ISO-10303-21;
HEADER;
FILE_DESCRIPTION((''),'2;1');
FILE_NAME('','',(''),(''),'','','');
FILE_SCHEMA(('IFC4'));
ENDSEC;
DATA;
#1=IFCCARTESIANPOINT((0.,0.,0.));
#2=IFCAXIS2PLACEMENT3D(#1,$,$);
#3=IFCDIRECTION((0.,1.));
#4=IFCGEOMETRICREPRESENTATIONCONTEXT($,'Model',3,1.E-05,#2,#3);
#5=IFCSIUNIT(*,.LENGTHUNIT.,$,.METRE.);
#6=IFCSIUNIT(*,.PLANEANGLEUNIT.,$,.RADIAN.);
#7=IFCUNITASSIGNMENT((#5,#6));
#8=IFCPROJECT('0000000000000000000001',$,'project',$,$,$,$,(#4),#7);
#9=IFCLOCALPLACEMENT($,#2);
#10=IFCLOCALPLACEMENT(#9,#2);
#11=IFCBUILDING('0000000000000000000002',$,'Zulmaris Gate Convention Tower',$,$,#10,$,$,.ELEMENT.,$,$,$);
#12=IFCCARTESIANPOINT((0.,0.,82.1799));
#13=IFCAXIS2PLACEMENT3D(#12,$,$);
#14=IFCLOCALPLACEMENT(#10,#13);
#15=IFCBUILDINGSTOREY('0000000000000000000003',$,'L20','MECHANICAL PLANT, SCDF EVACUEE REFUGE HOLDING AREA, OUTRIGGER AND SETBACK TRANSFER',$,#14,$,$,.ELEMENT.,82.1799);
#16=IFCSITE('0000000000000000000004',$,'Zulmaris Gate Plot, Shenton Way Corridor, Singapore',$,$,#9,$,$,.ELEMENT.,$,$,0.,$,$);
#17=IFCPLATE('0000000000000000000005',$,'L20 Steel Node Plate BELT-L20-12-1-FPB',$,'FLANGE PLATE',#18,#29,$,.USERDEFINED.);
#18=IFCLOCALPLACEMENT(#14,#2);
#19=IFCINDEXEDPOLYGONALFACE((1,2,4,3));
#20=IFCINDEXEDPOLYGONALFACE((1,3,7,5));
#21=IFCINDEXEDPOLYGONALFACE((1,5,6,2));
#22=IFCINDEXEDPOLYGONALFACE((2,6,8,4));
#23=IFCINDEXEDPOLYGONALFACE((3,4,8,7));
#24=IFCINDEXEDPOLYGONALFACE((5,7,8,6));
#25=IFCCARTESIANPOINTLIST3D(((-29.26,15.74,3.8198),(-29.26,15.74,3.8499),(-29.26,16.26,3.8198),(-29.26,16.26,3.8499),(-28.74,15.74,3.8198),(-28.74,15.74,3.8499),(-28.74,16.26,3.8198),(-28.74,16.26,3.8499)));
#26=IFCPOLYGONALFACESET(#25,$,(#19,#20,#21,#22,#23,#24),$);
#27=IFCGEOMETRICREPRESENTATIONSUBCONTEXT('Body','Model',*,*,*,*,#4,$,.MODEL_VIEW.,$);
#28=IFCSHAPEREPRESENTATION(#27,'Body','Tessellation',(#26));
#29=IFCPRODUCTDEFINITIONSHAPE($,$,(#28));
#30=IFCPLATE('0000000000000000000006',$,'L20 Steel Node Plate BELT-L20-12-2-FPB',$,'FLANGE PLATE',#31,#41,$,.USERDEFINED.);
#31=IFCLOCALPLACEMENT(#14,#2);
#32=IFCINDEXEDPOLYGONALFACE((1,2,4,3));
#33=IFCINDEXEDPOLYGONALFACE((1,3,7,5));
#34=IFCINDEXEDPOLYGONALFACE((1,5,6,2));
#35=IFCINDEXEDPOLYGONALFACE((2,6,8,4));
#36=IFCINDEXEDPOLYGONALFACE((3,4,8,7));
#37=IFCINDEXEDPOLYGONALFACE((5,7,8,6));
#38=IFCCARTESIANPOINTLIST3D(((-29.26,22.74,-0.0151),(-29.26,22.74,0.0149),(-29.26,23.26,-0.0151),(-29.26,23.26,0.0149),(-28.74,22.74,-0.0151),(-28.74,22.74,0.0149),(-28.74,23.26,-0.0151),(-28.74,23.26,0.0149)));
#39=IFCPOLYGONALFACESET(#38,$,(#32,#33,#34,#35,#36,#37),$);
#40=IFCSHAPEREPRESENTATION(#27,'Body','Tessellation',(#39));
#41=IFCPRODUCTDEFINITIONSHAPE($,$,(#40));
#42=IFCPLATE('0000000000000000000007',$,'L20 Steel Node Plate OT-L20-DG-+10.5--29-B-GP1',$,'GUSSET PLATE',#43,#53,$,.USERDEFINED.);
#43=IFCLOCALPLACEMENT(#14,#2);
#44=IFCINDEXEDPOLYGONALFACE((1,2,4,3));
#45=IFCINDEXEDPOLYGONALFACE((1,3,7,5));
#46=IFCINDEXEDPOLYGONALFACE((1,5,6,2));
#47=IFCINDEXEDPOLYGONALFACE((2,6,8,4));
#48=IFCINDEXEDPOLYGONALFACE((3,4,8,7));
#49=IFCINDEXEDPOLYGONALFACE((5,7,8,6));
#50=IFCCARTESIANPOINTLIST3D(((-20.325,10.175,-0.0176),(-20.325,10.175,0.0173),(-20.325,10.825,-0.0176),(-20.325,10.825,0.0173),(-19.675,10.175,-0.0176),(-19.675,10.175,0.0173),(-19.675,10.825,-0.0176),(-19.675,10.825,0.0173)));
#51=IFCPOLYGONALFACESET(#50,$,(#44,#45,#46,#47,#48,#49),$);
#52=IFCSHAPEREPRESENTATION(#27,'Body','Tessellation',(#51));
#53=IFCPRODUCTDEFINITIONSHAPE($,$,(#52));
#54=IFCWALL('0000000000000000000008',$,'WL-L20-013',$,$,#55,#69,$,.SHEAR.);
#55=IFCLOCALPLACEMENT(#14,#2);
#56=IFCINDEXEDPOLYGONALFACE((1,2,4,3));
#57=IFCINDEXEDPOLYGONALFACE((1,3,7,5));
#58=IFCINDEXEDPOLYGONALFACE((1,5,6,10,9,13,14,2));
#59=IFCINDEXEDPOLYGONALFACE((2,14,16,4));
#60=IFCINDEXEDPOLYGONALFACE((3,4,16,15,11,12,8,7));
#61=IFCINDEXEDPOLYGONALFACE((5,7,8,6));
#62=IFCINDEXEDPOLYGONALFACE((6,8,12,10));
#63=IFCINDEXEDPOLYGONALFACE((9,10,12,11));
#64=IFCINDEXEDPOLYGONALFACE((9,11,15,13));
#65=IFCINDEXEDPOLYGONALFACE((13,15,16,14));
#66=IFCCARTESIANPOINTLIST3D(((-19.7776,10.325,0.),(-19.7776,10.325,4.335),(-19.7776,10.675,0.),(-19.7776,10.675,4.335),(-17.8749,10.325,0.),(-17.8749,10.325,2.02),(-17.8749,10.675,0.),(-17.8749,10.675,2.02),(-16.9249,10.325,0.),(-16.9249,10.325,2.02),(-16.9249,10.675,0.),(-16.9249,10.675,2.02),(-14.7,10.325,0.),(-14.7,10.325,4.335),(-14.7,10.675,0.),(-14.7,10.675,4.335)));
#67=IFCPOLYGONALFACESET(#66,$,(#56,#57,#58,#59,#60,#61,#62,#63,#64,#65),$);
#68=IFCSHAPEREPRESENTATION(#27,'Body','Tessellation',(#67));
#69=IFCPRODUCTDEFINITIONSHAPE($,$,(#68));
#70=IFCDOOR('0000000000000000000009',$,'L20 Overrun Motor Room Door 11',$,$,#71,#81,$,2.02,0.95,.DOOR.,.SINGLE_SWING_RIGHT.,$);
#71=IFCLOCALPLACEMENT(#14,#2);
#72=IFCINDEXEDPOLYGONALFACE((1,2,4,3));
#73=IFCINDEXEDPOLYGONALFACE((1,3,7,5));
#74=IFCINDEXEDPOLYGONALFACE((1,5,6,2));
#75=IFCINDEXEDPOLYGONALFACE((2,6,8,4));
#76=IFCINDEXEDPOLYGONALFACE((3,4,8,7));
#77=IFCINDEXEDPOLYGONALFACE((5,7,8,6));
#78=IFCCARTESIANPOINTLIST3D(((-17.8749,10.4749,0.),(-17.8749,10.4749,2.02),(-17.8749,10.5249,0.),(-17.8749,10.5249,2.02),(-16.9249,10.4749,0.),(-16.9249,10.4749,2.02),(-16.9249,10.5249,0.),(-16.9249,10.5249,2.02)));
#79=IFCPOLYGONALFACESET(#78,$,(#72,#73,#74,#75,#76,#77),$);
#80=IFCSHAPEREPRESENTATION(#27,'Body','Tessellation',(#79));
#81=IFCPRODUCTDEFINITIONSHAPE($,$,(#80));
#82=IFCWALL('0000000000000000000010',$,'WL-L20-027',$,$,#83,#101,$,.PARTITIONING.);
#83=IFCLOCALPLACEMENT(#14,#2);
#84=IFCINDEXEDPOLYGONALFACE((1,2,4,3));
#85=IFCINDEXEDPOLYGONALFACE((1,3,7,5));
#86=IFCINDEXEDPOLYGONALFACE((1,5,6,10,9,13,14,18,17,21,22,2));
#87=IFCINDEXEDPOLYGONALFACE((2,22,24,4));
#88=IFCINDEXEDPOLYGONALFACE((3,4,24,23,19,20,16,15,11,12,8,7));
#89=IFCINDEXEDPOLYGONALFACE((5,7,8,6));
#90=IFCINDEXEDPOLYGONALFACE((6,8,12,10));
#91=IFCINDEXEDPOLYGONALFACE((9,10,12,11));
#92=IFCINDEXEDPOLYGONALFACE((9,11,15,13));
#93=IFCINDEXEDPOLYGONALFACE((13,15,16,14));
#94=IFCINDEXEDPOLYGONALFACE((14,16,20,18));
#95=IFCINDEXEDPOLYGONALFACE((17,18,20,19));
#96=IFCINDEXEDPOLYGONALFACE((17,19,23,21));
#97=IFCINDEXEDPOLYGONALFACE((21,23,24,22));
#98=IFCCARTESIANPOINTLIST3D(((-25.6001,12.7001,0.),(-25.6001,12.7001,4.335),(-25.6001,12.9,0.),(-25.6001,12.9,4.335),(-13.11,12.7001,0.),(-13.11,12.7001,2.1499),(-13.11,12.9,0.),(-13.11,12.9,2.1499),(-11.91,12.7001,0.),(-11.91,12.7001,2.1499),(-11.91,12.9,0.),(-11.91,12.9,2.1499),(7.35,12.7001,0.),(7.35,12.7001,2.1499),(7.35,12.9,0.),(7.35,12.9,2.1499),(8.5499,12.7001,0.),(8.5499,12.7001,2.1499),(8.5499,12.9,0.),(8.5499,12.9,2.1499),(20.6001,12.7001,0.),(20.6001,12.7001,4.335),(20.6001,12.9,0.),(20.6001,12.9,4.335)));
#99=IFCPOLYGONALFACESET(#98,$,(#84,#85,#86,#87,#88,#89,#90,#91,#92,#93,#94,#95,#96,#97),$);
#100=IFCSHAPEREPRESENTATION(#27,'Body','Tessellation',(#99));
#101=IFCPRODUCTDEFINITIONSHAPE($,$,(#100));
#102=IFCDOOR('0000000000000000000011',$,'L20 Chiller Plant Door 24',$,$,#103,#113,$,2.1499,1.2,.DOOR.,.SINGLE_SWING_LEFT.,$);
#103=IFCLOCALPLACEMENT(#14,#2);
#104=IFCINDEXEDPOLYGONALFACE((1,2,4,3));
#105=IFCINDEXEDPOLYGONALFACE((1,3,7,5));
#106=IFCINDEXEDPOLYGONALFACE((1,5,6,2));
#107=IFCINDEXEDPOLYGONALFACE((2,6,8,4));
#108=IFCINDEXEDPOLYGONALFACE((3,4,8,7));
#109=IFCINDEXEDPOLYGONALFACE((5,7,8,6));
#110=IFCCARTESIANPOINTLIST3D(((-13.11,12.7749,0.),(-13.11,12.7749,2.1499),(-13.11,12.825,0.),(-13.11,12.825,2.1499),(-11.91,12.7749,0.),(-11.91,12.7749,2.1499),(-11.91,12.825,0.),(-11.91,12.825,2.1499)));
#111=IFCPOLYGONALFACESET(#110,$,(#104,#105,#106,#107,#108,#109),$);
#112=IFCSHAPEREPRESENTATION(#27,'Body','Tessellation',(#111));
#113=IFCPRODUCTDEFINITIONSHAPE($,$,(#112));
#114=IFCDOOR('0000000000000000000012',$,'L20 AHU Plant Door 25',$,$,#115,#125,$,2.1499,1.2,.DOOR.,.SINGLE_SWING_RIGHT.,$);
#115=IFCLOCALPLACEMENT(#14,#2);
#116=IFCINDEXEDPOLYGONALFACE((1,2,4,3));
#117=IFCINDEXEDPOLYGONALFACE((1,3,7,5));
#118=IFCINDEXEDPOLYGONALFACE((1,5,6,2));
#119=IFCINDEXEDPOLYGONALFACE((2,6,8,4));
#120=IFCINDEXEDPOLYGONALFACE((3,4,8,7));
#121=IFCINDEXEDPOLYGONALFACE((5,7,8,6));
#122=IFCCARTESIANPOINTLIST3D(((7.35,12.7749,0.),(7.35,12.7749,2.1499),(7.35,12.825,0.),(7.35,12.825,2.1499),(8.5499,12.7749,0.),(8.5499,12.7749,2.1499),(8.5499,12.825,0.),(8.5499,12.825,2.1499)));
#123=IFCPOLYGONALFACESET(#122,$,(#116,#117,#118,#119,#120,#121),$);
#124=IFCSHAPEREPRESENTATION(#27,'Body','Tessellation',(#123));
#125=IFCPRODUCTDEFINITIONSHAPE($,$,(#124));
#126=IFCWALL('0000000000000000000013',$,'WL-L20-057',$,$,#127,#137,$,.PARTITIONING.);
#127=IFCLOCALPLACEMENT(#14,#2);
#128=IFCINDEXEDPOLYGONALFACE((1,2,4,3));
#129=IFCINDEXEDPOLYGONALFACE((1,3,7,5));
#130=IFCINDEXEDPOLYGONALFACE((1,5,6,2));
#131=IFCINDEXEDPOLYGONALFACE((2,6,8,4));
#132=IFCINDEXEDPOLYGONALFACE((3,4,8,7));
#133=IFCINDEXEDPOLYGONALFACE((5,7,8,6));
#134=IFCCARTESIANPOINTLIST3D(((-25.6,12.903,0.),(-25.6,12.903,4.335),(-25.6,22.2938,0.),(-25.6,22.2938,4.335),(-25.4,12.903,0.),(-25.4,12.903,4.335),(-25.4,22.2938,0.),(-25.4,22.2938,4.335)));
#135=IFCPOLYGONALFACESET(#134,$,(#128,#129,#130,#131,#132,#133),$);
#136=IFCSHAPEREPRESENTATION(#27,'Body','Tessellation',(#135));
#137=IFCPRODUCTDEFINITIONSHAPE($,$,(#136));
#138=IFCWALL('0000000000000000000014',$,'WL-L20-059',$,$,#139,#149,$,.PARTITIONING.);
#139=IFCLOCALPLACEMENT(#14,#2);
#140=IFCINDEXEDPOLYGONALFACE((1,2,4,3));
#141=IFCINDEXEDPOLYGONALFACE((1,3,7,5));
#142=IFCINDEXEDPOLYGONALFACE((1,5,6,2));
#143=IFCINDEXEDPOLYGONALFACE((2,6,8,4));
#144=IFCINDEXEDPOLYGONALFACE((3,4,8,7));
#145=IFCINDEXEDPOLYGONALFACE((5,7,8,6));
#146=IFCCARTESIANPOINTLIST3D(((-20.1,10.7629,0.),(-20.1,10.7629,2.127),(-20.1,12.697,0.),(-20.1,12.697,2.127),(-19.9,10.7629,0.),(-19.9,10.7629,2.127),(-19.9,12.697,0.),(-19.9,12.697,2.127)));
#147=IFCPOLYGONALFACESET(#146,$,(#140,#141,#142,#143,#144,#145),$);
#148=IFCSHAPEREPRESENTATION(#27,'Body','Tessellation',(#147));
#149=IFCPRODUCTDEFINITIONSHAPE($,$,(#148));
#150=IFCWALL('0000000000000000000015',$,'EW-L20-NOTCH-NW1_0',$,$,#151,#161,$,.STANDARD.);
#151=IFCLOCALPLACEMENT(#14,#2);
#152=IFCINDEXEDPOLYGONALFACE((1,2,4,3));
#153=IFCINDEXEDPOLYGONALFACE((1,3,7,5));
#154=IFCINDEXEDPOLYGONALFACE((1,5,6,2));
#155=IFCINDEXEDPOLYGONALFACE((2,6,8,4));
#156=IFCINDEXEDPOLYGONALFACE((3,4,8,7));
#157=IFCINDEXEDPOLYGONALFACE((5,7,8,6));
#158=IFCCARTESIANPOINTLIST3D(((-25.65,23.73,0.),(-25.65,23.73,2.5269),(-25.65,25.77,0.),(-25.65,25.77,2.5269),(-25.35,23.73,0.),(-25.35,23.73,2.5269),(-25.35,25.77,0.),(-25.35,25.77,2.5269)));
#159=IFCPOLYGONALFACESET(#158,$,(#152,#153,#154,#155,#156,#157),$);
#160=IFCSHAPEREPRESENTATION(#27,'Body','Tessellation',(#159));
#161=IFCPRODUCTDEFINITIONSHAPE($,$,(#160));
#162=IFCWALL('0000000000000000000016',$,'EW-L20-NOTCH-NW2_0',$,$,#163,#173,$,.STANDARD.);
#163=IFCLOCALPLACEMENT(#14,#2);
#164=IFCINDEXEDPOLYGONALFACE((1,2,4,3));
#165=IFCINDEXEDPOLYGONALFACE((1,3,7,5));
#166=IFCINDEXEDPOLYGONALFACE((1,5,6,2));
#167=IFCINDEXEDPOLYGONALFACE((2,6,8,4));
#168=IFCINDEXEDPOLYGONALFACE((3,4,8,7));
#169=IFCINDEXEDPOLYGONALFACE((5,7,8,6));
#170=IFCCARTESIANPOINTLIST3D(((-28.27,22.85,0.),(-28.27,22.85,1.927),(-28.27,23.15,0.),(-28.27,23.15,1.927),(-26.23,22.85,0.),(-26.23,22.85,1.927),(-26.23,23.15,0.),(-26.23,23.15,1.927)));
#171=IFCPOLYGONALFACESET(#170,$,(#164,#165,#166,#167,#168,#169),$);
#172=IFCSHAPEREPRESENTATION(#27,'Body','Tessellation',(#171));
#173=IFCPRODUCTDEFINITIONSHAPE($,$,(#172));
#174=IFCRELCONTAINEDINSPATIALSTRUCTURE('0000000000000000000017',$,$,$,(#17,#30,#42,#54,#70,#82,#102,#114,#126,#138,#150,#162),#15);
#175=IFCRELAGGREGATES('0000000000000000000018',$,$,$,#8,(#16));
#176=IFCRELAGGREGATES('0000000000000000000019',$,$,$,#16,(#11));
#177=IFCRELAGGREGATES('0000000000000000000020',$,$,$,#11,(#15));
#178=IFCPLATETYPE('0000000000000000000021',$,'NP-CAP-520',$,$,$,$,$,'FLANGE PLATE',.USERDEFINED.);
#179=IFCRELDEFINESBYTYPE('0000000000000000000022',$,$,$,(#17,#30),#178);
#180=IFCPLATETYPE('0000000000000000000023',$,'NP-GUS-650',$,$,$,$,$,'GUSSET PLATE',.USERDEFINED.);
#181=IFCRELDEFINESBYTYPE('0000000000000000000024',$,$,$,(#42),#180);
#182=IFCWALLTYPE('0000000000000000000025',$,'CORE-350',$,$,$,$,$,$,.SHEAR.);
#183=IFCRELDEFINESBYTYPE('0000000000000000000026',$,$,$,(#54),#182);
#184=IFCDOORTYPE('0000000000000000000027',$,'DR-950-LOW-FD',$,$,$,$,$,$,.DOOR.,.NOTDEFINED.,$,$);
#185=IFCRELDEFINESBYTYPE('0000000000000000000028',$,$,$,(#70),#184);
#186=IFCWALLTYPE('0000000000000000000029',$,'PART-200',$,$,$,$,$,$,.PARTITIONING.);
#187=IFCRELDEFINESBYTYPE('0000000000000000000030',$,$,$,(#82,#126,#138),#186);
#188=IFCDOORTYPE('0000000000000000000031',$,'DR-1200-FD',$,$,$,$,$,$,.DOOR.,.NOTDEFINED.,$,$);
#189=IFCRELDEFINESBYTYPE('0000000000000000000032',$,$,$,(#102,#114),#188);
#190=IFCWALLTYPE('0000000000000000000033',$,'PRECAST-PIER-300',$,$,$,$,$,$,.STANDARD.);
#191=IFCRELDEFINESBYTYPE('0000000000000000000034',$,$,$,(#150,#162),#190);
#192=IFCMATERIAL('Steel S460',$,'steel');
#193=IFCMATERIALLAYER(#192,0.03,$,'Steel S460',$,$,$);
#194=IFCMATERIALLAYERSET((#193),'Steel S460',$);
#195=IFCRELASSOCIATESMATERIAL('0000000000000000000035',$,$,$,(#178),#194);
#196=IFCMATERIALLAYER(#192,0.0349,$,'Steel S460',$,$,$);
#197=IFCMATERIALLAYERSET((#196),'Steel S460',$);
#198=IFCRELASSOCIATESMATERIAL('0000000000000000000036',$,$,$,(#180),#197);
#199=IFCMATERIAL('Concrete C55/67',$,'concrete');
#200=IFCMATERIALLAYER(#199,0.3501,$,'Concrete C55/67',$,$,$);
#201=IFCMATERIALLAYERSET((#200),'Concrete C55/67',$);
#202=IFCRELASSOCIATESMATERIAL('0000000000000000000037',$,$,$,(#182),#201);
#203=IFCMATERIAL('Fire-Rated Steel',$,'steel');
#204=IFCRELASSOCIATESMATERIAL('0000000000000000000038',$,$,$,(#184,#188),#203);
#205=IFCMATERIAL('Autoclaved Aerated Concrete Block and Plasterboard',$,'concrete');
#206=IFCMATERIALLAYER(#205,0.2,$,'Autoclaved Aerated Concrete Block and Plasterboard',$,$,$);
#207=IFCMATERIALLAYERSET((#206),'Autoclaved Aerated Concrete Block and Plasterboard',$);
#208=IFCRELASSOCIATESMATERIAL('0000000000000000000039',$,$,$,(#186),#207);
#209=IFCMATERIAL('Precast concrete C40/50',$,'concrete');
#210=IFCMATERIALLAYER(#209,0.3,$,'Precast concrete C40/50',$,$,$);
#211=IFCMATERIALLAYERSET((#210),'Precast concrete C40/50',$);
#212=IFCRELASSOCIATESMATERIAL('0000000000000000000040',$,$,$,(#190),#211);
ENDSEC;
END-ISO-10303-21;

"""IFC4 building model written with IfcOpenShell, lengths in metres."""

from ifc_helpers import new_model, si_unit, direction, frame, frame_2d, origin, origin_2d, place, context, subcontext, project, spatial, rectangle, extrude, material, layer, layer_set, type_object, element, fill, save


model = new_model("IFC4")

# Units and contexts
model_context = context("Model", 3, precision=1e-05, world=origin(), true_north=direction((0.0, 1.0)))
body_context = subcontext(model_context, "Body", "Model", "MODEL_VIEW")
ifc_project = project(units=[si_unit("LENGTHUNIT", "METRE"), si_unit("PLANEANGLEUNIT", "RADIAN")], contexts=[model_context])

# Site, building, storey
site_placement = place(None, origin())
site = spatial("IfcSite", under=ifc_project, at=site_placement, Name="Zulmaris Gate Plot, Shenton Way Corridor, Singapore", CompositionType="ELEMENT", RefElevation=0.0)
building_placement = place(site_placement, origin())
building = spatial("IfcBuilding", under=site, at=building_placement, Name="Zulmaris Gate Convention Tower", CompositionType="ELEMENT")
storey_placement = place(building_placement, frame((0.0, 0.0, 82.1799)))
storey = spatial("IfcBuildingStorey", under=building, at=storey_placement, Name="L20", Description="MECHANICAL PLANT, SCDF EVACUEE REFUGE HOLDING AREA, OUTRIGGER AND SETBACK TRANSFER", CompositionType="ELEMENT", Elevation=82.1799)

# Shared definitions
ifc_material_1 = material(Name="Steel S460", Category="steel")

# Plates
ifc_layer_1 = layer(ifc_material_1, 0.03, Name="Steel S460")
ifc_layer_set_1 = layer_set([ifc_layer_1], Name="Steel S460")
plate_type_1 = type_object("IfcPlateType", Name="NP-CAP-520", ElementType="FLANGE PLATE", PredefinedType="USERDEFINED", material=ifc_layer_set_1)
for number, where, z_axis, x_axis, name in (
    (1, (-29.0, 16.0, 3.8198), (0.0, 0.0, 1.0), (1.0, 0.0, 0.0), "L20 Steel Node Plate BELT-L20-12-1-FPB"),
    (2, (-29.0, 23.0, -0.0151), (0.0, 0.0, 1.0), (1.0, 0.0, 0.0), "L20 Steel Node Plate BELT-L20-12-2-FPB"),
):
    element("IfcPlate", number, at=place(storey_placement, frame(where, z_axis=z_axis, x_axis=x_axis)), inside=storey, type_object=plate_type_1, Name=name, ObjectType="FLANGE PLATE", PredefinedType="USERDEFINED", context=body_context, shape_type="SweptSolid", body=[
        extrude(rectangle(XDim=0.52, YDim=0.52, at=origin_2d()), origin(), (0.0, 0.0, 1.0), 0.03),
    ])
ifc_layer_2 = layer(ifc_material_1, 0.0349, Name="Steel S460")
ifc_layer_set_2 = layer_set([ifc_layer_2], Name="Steel S460")
plate_type_2 = type_object("IfcPlateType", Name="NP-GUS-650", ElementType="GUSSET PLATE", PredefinedType="USERDEFINED", material=ifc_layer_set_2)
plate_placement = place(storey_placement, frame((-20.0, 10.5, -0.0176), z_axis=(0.0, 0.0, 1.0), x_axis=(1.0, 0.0, 0.0)))
element("IfcPlate", 3, at=plate_placement, inside=storey, type_object=plate_type_2, Name="L20 Steel Node Plate OT-L20-DG-+10.5--29-B-GP1", ObjectType="GUSSET PLATE", PredefinedType="USERDEFINED", context=body_context, shape_type="SweptSolid", body=[
    extrude(rectangle(XDim=0.6499, YDim=0.6499, at=origin_2d()), origin(), (0.0, 0.0, 1.0), 0.0349),
])

# Wall, opening, door
ifc_material_2 = material(Name="Concrete C55/67", Category="concrete")
ifc_layer_3 = layer(ifc_material_2, 0.3501, Name="Concrete C55/67")
ifc_layer_set_3 = layer_set([ifc_layer_3], Name="Concrete C55/67")
wall_type_1 = type_object("IfcWallType", Name="CORE-350", PredefinedType="SHEAR", material=ifc_layer_set_3)
wall_1_placement = place(storey_placement, frame((-19.7776, 10.5, 0.0), z_axis=(0.0, 0.0, 1.0), x_axis=(1.0, 0.0, 0.0)))
wall_1 = element("IfcWall", 4, at=wall_1_placement, inside=storey, type_object=wall_type_1, Name="WL-L20-013", PredefinedType="SHEAR", context=body_context, shape_type="SweptSolid", body=[
    extrude(rectangle(XDim=5.0776, YDim=0.3501, at=frame_2d((2.5388, 0.0))), origin(), (0.0, 0.0, 1.0), 4.335),
])
opening_1_placement = place(wall_1_placement, frame((1.9026, 0.0, 0.0)))
opening_1 = element("IfcOpeningElement", 5, at=opening_1_placement, cuts=wall_1, PredefinedType="OPENING", context=body_context, shape_type="SweptSolid", body=[
    extrude(rectangle(XDim=0.95, YDim=2.02, at=frame_2d((0.4751, 1.01))), frame((0.0, 0.1851, 0.0), z_axis=(0.0, -1.0, 0.0), x_axis=(1.0, 0.0, 0.0)), (0.0, 0.0, 1.0), 0.3701),
])
ifc_material_3 = material(Name="Fire-Rated Steel", Category="steel")
door_type_1 = type_object("IfcDoorType", Name="DR-950-LOW-FD", OperationType="NOTDEFINED", PredefinedType="DOOR", material=ifc_material_3)
door_1_placement = place(opening_1_placement, origin())
door_1 = element("IfcDoor", 6, at=door_1_placement, inside=storey, type_object=door_type_1, Name="L20 Overrun Motor Room Door 11", OperationType="SINGLE_SWING_RIGHT", OverallHeight=2.02, OverallWidth=0.95, PredefinedType="DOOR", context=body_context, shape_type="SweptSolid", body=[
    extrude(rectangle(XDim=0.95, YDim=2.02, at=frame_2d((0.4751, 1.01))), frame((0.0, 0.0249, 0.0), z_axis=(0.0, -1.0, 0.0), x_axis=(1.0, 0.0, 0.0)), (0.0, 0.0, 1.0), 0.05),
])
fill(opening_1, door_1)

# Wall, openings, doors
ifc_material_4 = material(Name="Autoclaved Aerated Concrete Block and Plasterboard", Category="concrete")
ifc_layer_4 = layer(ifc_material_4, 0.2, Name="Autoclaved Aerated Concrete Block and Plasterboard")
ifc_layer_set_4 = layer_set([ifc_layer_4], Name="Autoclaved Aerated Concrete Block and Plasterboard")
wall_type_2 = type_object("IfcWallType", Name="PART-200", PredefinedType="PARTITIONING", material=ifc_layer_set_4)
wall_2_placement = place(storey_placement, frame((-25.6001, 12.8, 0.0), z_axis=(0.0, 0.0, 1.0), x_axis=(1.0, 0.0, 0.0)))
wall_2 = element("IfcWall", 7, at=wall_2_placement, inside=storey, type_object=wall_type_2, Name="WL-L20-027", PredefinedType="PARTITIONING", context=body_context, shape_type="SweptSolid", body=[
    extrude(rectangle(XDim=46.2002, YDim=0.2, at=frame_2d((23.1001, 0.0))), origin(), (0.0, 0.0, 1.0), 4.335),
])
opening_2_placement = place(wall_2_placement, frame((12.49, 0.0, 0.0)))
opening_2 = element("IfcOpeningElement", 8, at=opening_2_placement, cuts=wall_2, PredefinedType="OPENING", context=body_context, shape_type="SweptSolid", body=[
    extrude(rectangle(XDim=1.2, YDim=2.1499, at=frame_2d((0.6001, 1.075))), frame((0.0, 0.1099, 0.0), z_axis=(0.0, -1.0, 0.0), x_axis=(1.0, 0.0, 0.0)), (0.0, 0.0, 1.0), 0.22),
])
opening_3_placement = place(wall_2_placement, frame((32.95, 0.0, 0.0)))
opening_3 = element("IfcOpeningElement", 9, at=opening_3_placement, cuts=wall_2, PredefinedType="OPENING", context=body_context, shape_type="SweptSolid", body=[
    extrude(rectangle(XDim=1.2, YDim=2.1499, at=frame_2d((0.6001, 1.075))), frame((0.0, 0.1099, 0.0), z_axis=(0.0, -1.0, 0.0), x_axis=(1.0, 0.0, 0.0)), (0.0, 0.0, 1.0), 0.22),
])
door_type_2 = type_object("IfcDoorType", Name="DR-1200-FD", OperationType="NOTDEFINED", PredefinedType="DOOR", material=ifc_material_3)
door_2_placement = place(opening_2_placement, origin())
door_2 = element("IfcDoor", 10, at=door_2_placement, inside=storey, type_object=door_type_2, Name="L20 Chiller Plant Door 24", OperationType="SINGLE_SWING_LEFT", OverallHeight=2.1499, OverallWidth=1.2, PredefinedType="DOOR", context=body_context, shape_type="SweptSolid", body=[
    extrude(rectangle(XDim=1.2, YDim=2.1499, at=frame_2d((0.6001, 1.075))), frame((0.0, 0.0249, 0.0), z_axis=(0.0, -1.0, 0.0), x_axis=(1.0, 0.0, 0.0)), (0.0, 0.0, 1.0), 0.05),
])
fill(opening_2, door_2)
door_3_placement = place(opening_3_placement, origin())
door_3 = element("IfcDoor", 11, at=door_3_placement, inside=storey, type_object=door_type_2, Name="L20 AHU Plant Door 25", OperationType="SINGLE_SWING_RIGHT", OverallHeight=2.1499, OverallWidth=1.2, PredefinedType="DOOR", context=body_context, shape_type="SweptSolid", body=[
    extrude(rectangle(XDim=1.2, YDim=2.1499, at=frame_2d((0.6001, 1.075))), frame((0.0, 0.0249, 0.0), z_axis=(0.0, -1.0, 0.0), x_axis=(1.0, 0.0, 0.0)), (0.0, 0.0, 1.0), 0.05),
])
fill(opening_3, door_3)

# Walls
wall_3_placement = place(storey_placement, frame((-25.5, 12.9031, 0.0), z_axis=(0.0, 0.0, 1.0), x_axis=(0.0, 1.0, 0.0)))
element("IfcWall", 12, at=wall_3_placement, inside=storey, type_object=wall_type_2, Name="WL-L20-057", PredefinedType="PARTITIONING", context=body_context, shape_type="SweptSolid", body=[
    extrude(rectangle(XDim=9.3909, YDim=0.2, at=frame_2d((4.6953, 0.0))), origin(), (0.0, 0.0, 1.0), 4.335),
])
wall_4_placement = place(storey_placement, frame((-20.0, 10.7629, 0.0), z_axis=(0.0, 0.0, 1.0), x_axis=(0.0, 1.0, 0.0)))
element("IfcWall", 13, at=wall_4_placement, inside=storey, type_object=wall_type_2, Name="WL-L20-059", PredefinedType="PARTITIONING", context=body_context, shape_type="SweptSolid", body=[
    extrude(rectangle(XDim=1.9341, YDim=0.2, at=frame_2d((0.967, 0.0))), origin(), (0.0, 0.0, 1.0), 2.127),
])
ifc_material_5 = material(Name="Precast concrete C40/50", Category="concrete")
ifc_layer_5 = layer(ifc_material_5, 0.3, Name="Precast concrete C40/50")
ifc_layer_set_5 = layer_set([ifc_layer_5], Name="Precast concrete C40/50")
wall_type_3 = type_object("IfcWallType", Name="PRECAST-PIER-300", PredefinedType="STANDARD", material=ifc_layer_set_5)
wall_5_placement = place(storey_placement, frame((-25.5, 25.77, 0.0), z_axis=(0.0, 0.0, 1.0), x_axis=(0.0, -1.0, 0.0)))
element("IfcWall", 14, at=wall_5_placement, inside=storey, type_object=wall_type_3, Name="EW-L20-NOTCH-NW1_0", PredefinedType="STANDARD", context=body_context, shape_type="SweptSolid", body=[
    extrude(rectangle(XDim=2.04, YDim=0.3, at=frame_2d((1.02, 0.0))), origin(), (0.0, 0.0, 1.0), 2.5269),
])
wall_6_placement = place(storey_placement, frame((-26.23, 23.0, 0.0), z_axis=(0.0, 0.0, 1.0), x_axis=(-1.0, 0.0, 0.0)))
element("IfcWall", 15, at=wall_6_placement, inside=storey, type_object=wall_type_3, Name="EW-L20-NOTCH-NW2_0", PredefinedType="STANDARD", context=body_context, shape_type="SweptSolid", body=[
    extrude(rectangle(XDim=2.04, YDim=0.3, at=frame_2d((1.02, 0.0))), origin(), (0.0, 0.0, 1.0), 1.927),
])

save(model, "model.ifc")
